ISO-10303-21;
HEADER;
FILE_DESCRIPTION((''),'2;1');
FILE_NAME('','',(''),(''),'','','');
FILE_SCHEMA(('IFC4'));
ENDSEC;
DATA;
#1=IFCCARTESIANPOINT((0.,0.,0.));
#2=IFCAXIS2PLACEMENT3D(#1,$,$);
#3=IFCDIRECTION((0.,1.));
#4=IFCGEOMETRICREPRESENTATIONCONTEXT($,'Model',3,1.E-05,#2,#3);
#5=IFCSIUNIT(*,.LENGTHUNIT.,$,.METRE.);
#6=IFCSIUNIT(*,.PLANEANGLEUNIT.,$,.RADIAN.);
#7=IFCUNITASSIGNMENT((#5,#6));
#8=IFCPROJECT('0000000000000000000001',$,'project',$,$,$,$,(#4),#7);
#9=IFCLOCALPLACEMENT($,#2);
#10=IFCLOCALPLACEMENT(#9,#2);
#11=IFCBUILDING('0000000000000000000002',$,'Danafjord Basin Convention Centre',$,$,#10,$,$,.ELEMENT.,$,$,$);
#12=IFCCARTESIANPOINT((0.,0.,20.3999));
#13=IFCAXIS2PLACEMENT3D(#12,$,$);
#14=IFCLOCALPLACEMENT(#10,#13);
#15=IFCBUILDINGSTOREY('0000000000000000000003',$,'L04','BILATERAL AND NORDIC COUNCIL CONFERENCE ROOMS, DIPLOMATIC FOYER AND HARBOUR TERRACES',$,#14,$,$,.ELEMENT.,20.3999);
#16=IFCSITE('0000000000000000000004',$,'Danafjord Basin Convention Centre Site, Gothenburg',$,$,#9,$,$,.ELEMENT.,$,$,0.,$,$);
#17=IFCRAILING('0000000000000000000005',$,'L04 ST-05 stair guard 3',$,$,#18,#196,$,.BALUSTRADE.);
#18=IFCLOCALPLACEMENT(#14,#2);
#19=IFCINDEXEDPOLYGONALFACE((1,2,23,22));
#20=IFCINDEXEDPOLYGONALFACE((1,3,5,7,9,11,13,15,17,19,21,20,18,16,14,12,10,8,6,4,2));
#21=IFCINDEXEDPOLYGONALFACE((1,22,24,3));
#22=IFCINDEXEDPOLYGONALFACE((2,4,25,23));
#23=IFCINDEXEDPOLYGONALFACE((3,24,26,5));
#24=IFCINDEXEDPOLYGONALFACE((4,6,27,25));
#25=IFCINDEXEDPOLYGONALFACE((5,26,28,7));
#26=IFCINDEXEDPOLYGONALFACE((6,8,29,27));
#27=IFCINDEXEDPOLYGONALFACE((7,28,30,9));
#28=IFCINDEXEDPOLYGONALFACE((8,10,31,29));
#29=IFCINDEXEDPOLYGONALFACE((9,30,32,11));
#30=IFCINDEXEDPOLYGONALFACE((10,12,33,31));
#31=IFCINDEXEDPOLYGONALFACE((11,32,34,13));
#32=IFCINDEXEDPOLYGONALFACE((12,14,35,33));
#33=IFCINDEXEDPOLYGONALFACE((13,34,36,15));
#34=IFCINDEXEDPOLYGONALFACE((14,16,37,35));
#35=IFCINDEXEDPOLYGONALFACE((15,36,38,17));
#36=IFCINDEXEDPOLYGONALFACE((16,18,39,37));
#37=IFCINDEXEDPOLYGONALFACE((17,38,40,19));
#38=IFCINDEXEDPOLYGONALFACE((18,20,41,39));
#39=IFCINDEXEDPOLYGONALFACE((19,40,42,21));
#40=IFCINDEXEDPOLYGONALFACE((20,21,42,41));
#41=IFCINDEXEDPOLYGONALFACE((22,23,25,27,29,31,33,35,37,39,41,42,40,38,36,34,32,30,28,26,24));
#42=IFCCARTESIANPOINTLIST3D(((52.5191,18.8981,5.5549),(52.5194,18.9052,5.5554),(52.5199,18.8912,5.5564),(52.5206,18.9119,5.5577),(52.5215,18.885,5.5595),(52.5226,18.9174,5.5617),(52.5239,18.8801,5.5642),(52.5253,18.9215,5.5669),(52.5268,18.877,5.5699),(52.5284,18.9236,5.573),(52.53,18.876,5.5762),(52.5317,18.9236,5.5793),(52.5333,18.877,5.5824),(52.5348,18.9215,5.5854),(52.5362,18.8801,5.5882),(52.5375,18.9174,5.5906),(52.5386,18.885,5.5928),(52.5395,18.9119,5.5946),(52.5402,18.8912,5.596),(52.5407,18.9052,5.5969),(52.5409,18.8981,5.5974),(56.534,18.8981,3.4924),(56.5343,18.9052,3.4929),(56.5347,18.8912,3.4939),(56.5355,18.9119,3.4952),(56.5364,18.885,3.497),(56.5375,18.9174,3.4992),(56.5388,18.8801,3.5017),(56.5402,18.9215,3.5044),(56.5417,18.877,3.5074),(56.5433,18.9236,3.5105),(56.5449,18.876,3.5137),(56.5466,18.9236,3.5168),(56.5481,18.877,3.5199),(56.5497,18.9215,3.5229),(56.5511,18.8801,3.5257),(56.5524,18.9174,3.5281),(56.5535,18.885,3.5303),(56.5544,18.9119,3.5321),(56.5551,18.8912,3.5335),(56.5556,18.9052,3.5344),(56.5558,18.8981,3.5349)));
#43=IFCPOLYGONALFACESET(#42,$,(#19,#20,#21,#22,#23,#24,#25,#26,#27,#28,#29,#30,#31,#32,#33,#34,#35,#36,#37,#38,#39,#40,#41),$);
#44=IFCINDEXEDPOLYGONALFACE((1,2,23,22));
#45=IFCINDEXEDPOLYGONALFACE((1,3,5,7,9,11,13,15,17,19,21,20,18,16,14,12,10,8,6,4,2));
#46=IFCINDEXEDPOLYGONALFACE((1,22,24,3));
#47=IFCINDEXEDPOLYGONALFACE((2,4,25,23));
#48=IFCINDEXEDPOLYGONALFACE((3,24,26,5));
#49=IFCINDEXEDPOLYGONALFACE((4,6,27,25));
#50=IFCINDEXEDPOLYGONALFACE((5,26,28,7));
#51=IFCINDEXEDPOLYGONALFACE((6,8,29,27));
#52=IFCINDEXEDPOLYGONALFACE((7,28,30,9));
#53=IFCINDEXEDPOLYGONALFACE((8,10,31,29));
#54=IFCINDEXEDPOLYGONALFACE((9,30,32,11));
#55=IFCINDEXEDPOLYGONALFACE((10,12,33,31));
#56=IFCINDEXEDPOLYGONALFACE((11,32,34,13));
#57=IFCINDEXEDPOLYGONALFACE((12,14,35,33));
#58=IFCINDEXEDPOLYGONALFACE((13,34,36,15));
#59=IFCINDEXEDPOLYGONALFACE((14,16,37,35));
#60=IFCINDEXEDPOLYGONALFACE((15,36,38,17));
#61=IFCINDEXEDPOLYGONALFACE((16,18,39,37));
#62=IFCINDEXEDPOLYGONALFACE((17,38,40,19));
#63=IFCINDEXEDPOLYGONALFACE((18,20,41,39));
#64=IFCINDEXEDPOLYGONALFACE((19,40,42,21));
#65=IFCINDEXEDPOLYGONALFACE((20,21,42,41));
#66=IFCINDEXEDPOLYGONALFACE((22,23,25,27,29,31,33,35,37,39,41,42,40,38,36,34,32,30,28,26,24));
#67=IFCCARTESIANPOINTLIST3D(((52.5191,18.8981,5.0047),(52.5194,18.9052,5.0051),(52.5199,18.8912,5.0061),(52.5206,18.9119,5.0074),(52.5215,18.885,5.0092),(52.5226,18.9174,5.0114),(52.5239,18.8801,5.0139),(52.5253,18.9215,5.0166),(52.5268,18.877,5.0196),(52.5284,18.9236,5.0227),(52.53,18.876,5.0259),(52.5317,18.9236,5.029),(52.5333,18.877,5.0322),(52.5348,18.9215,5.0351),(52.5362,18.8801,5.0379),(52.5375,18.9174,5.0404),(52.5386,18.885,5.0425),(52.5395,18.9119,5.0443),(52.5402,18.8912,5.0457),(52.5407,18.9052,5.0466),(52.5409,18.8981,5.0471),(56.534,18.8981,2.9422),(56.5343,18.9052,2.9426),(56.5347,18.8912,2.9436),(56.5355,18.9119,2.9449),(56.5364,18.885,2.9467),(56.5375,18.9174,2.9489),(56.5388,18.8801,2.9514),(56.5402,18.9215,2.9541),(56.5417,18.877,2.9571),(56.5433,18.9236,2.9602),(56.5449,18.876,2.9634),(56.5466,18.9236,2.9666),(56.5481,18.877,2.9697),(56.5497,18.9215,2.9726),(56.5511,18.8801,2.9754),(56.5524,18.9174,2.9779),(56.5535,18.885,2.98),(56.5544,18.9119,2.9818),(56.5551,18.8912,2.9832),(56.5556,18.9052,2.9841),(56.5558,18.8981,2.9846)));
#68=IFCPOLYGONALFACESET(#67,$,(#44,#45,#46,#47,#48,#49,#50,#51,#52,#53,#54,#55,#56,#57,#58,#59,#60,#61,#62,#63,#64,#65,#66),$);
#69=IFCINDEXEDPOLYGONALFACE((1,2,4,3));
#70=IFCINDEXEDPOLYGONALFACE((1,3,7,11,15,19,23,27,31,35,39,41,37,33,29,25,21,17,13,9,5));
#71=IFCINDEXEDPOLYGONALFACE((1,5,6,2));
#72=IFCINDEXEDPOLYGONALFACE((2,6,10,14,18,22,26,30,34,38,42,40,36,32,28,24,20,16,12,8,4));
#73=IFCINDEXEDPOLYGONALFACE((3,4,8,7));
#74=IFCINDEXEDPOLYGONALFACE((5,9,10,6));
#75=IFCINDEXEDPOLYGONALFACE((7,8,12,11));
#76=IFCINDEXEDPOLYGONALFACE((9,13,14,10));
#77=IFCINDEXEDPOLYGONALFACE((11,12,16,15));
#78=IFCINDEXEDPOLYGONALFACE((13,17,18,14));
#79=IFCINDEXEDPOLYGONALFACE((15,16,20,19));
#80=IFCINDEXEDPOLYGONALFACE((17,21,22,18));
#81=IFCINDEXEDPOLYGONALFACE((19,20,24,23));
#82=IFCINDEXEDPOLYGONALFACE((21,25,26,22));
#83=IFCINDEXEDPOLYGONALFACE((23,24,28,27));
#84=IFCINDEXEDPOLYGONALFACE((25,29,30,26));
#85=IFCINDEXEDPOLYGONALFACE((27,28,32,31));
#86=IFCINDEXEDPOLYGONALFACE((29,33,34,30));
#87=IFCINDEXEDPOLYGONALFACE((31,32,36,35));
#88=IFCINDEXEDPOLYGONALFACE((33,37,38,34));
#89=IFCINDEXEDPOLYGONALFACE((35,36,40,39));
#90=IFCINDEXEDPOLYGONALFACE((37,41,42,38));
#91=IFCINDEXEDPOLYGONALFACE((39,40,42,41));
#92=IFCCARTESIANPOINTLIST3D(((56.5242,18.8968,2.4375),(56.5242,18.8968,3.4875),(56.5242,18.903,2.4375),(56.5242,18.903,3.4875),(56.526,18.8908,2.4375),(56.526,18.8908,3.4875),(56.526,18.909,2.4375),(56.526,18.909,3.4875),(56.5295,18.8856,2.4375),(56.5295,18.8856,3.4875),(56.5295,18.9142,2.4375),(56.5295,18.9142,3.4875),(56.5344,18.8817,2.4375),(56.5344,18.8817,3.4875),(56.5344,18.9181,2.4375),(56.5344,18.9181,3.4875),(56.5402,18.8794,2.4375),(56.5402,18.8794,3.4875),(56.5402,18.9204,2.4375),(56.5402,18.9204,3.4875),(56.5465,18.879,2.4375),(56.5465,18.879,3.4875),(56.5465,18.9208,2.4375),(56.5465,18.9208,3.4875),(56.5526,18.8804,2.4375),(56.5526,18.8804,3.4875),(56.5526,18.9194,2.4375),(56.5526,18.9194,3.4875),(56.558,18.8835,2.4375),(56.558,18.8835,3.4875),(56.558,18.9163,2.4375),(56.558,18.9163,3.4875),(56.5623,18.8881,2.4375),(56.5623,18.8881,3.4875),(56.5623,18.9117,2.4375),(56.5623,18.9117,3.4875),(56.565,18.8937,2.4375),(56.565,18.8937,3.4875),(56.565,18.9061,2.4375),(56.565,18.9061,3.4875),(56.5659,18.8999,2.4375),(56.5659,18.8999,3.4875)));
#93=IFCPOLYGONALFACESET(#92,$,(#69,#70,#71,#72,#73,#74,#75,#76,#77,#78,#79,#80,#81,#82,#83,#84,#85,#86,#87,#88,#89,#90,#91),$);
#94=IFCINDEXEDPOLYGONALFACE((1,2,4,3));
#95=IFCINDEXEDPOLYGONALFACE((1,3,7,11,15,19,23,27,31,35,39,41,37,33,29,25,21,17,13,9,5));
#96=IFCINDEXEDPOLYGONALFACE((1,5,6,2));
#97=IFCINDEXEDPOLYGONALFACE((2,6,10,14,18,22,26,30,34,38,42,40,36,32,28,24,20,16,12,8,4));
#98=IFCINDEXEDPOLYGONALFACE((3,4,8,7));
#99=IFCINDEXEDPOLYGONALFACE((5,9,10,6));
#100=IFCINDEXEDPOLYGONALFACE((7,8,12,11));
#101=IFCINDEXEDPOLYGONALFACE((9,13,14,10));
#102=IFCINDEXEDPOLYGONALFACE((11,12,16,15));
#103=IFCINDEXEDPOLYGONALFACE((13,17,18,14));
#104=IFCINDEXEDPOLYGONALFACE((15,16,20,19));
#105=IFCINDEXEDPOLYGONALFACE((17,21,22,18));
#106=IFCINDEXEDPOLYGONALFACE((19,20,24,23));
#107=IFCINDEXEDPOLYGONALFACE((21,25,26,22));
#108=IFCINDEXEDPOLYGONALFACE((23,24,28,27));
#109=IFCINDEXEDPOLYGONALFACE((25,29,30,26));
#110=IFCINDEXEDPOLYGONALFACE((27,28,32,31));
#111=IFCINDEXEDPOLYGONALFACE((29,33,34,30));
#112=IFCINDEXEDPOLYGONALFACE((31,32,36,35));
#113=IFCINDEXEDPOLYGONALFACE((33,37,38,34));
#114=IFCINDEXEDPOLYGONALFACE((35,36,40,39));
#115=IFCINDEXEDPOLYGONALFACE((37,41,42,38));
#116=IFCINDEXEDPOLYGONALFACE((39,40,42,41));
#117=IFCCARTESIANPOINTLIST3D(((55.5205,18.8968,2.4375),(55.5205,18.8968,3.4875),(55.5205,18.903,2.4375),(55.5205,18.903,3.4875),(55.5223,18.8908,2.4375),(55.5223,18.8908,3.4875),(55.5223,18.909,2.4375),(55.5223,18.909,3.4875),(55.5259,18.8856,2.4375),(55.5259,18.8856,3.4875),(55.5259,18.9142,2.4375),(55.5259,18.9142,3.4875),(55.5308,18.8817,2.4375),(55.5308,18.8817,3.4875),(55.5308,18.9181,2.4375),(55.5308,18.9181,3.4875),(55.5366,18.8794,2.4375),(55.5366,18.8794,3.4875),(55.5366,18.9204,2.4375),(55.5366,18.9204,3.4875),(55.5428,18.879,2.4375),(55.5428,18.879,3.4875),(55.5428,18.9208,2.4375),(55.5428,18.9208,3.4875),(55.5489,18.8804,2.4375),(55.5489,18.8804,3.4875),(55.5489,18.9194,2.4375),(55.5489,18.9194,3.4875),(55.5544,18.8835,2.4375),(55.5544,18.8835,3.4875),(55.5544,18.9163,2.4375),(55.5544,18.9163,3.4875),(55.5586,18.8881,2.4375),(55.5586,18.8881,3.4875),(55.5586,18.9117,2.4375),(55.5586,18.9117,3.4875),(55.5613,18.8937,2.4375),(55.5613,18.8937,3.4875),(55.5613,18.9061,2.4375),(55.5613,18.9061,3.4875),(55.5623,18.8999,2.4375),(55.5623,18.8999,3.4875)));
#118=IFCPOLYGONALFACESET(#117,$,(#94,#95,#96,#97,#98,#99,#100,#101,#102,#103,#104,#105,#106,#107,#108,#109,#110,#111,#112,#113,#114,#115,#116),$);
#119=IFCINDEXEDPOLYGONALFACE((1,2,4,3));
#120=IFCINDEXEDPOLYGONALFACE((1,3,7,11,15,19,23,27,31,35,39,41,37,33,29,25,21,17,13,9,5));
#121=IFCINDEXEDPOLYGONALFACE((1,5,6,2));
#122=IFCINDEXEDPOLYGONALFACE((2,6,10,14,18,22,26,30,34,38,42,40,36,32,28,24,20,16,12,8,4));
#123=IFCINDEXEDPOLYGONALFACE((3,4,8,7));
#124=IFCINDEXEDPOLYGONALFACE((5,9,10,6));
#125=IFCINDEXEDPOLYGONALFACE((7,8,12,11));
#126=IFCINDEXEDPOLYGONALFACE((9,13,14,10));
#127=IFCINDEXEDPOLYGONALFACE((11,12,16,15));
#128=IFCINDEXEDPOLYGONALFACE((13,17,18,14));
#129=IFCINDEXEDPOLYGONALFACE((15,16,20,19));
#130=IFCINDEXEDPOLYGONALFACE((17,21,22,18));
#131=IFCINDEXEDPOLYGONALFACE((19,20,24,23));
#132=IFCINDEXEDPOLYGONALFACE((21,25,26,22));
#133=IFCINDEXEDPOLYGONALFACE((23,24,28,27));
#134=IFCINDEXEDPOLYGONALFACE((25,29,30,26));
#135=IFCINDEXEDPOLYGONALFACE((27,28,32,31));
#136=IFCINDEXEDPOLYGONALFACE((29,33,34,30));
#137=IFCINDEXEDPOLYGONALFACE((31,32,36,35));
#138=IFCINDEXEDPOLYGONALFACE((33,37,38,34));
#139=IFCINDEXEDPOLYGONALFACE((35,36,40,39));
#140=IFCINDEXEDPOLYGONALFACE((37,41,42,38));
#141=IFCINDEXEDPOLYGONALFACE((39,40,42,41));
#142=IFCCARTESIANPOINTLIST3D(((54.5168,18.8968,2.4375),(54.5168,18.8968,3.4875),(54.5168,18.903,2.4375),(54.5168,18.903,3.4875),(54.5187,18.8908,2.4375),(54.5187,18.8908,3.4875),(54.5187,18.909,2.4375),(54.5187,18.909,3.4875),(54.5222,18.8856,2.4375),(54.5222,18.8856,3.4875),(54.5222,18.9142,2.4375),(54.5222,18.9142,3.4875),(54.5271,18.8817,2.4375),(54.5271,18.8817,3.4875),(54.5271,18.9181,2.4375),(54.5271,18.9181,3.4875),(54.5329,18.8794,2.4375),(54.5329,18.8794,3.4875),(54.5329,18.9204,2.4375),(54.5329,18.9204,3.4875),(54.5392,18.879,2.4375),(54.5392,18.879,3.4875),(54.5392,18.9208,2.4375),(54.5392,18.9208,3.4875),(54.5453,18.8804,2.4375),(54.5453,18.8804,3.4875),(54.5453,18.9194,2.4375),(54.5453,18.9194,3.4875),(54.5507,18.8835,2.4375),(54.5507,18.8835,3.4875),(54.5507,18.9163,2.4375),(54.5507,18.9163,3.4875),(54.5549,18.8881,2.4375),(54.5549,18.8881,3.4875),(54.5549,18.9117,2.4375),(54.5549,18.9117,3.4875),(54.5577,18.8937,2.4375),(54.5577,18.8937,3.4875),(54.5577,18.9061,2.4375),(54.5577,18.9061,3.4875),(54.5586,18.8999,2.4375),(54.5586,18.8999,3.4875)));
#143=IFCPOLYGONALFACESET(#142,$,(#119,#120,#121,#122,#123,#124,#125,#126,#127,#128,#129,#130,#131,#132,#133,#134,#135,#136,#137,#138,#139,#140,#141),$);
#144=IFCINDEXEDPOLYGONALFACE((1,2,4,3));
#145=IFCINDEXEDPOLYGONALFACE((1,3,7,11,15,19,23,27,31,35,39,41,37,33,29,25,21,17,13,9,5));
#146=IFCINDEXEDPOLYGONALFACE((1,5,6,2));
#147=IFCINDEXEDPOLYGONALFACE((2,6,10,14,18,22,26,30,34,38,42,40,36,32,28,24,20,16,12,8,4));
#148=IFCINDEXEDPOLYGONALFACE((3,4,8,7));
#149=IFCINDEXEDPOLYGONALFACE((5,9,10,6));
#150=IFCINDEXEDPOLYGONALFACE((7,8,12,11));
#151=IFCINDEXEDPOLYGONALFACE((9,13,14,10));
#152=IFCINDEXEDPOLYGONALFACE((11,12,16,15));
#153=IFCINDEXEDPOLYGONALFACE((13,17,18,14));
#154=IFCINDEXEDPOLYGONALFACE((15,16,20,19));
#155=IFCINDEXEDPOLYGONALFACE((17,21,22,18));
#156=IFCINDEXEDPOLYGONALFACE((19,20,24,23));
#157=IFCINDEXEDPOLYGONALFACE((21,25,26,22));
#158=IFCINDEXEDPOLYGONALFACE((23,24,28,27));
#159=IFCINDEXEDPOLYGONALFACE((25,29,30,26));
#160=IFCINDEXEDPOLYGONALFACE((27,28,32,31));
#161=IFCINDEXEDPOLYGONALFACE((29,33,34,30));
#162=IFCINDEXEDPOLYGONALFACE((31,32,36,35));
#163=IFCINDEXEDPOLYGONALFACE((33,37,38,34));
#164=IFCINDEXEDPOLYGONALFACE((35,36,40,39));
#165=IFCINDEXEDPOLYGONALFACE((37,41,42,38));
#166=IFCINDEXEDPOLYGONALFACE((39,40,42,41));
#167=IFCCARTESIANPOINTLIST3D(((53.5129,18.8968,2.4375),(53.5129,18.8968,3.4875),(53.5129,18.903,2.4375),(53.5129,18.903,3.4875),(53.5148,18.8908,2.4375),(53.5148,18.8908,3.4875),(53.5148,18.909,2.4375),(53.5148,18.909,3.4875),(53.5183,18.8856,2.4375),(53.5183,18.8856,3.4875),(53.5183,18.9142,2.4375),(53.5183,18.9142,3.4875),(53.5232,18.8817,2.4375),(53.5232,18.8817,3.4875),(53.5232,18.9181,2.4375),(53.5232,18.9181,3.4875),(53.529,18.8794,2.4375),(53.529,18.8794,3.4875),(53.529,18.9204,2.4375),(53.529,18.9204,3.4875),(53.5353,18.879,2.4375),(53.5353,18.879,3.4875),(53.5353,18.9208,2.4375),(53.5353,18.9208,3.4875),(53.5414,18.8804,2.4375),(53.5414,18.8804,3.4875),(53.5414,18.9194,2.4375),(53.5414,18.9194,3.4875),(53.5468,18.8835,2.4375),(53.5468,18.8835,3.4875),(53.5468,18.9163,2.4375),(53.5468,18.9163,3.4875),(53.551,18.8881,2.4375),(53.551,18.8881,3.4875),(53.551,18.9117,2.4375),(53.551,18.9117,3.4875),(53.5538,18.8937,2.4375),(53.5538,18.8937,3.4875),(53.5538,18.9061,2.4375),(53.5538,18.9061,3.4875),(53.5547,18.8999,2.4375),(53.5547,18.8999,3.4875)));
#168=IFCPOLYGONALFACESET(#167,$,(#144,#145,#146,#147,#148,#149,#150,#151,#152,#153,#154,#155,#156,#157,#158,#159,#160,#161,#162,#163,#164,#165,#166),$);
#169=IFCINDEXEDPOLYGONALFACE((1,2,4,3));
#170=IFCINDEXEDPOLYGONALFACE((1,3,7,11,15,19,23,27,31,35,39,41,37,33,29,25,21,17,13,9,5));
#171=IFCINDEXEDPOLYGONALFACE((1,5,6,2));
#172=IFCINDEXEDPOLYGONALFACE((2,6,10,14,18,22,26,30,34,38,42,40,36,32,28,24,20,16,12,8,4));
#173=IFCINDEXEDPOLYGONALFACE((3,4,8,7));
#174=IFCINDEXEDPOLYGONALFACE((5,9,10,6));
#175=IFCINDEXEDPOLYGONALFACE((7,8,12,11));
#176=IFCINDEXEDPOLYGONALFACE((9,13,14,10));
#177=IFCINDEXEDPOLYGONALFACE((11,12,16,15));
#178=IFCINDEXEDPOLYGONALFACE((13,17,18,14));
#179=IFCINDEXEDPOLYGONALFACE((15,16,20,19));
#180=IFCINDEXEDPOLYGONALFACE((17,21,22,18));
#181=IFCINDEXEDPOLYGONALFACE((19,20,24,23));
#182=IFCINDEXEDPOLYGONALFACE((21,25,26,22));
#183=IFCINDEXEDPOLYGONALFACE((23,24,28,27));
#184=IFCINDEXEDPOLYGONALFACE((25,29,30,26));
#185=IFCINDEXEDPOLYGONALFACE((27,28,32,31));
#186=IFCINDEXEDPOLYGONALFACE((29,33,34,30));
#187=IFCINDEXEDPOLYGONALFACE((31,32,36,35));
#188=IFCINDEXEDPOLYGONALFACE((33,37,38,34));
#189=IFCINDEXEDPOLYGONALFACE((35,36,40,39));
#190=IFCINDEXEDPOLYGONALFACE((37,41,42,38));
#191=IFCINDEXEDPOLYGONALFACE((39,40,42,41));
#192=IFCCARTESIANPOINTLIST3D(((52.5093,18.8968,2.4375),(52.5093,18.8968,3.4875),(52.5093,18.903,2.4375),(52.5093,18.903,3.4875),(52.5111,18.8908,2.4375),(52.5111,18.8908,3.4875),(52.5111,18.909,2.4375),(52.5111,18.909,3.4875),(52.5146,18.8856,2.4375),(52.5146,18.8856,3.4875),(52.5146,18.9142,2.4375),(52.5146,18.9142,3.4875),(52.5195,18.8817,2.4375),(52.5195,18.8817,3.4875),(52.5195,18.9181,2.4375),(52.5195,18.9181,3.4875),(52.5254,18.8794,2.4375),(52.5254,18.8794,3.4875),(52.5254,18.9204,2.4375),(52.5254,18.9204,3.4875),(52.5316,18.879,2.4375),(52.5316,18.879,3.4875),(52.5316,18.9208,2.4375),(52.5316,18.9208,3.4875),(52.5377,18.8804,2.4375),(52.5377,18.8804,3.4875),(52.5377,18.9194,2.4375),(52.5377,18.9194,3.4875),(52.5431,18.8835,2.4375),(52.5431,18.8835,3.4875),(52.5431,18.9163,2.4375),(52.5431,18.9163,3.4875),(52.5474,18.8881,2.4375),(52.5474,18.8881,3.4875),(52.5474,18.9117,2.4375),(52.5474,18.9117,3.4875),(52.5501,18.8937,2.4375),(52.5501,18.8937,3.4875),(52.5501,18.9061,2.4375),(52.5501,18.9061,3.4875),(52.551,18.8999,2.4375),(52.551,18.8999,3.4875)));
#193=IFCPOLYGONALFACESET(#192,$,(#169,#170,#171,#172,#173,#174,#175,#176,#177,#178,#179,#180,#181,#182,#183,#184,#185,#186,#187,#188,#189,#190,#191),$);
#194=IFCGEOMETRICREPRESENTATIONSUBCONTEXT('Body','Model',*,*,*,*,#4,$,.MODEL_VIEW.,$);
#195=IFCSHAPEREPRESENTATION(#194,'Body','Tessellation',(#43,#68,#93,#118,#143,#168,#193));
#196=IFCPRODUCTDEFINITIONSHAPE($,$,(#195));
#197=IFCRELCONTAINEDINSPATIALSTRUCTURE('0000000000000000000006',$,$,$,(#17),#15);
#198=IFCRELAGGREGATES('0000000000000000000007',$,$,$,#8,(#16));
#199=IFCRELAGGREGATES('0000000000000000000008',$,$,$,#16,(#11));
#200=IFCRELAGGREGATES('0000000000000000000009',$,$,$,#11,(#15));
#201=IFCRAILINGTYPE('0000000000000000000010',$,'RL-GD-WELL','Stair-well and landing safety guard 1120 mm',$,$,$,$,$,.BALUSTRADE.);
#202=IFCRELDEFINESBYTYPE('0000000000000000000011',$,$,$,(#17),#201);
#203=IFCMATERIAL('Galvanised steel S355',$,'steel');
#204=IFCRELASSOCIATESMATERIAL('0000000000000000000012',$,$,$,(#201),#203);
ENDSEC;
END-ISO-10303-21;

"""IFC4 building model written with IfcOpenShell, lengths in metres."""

from ifc_helpers import new_model, si_unit, direction, frame, origin, origin_2d, place, context, subcontext, project, spatial, circle, extrude, material, type_object, element, save


model = new_model("IFC4")

# Units and contexts
model_context = context("Model", 3, precision=1e-05, world=origin(), true_north=direction((0.0, 1.0)))
body_context = subcontext(model_context, "Body", "Model", "MODEL_VIEW")
ifc_project = project(units=[si_unit("LENGTHUNIT", "METRE"), si_unit("PLANEANGLEUNIT", "RADIAN")], contexts=[model_context])

# Site, building, storey
site_placement = place(None, origin())
site = spatial("IfcSite", under=ifc_project, at=site_placement, Name="Danafjord Basin Convention Centre Site, Gothenburg", CompositionType="ELEMENT", RefElevation=0.0)
building_placement = place(site_placement, origin())
building = spatial("IfcBuilding", under=site, at=building_placement, Name="Danafjord Basin Convention Centre", CompositionType="ELEMENT")
storey_placement = place(building_placement, frame((0.0, 0.0, 20.3999)))
storey = spatial("IfcBuildingStorey", under=building, at=storey_placement, Name="L04", Description="BILATERAL AND NORDIC COUNCIL CONFERENCE ROOMS, DIPLOMATIC FOYER AND HARBOUR TERRACES", CompositionType="ELEMENT", Elevation=20.3999)

# Railing
ifc_material_1 = material(Name="Galvanised steel S355", Category="steel")
railing_type_1 = type_object("IfcRailingType", Name="RL-GD-WELL", Description="Stair-well and landing safety guard 1120 mm", PredefinedType="BALUSTRADE", material=ifc_material_1)
railing_1_placement = place(storey_placement, frame((56.5449, 18.8999, 2.4375)))
element("IfcRailing", 1, at=railing_1_placement, inside=storey, type_object=railing_type_1, Name="L04 ST-05 stair guard 3", PredefinedType="BALUSTRADE", context=body_context, shape_type="SweptSolid", body=[
    extrude(circle(Radius=0.0239, at=origin_2d()), frame((0.0, 0.0, 1.0762), z_axis=(-0.889495, 0.0, 0.456945), x_axis=(0.0, -1.0, 0.0)), (0.0, 0.0, 1.0), 4.5137),
    extrude(circle(Radius=0.0239, at=origin_2d()), frame((0.0, 0.0, 0.5259), z_axis=(-0.889495, 0.0, 0.456945), x_axis=(0.0, -1.0, 0.0)), (0.0, 0.0, 1.0), 4.5137),
    extrude(circle(Radius=0.021, at=origin_2d()), origin(), (0.0, 0.0, 1.0), 1.05),
    extrude(circle(Radius=0.021, at=origin_2d()), frame((-1.0037, 0.0, 0.0)), (0.0, 0.0, 1.0), 1.05),
    extrude(circle(Radius=0.021, at=origin_2d()), frame((-2.0073, 0.0, 0.0)), (0.0, 0.0, 1.0), 1.05),
    extrude(circle(Radius=0.021, at=origin_2d()), frame((-3.0112, 0.0, 0.0)), (0.0, 0.0, 1.0), 1.05),
    extrude(circle(Radius=0.021, at=origin_2d()), frame((-4.0149, 0.0, 0.0)), (0.0, 0.0, 1.0), 1.05),
])

save(model, "model.ifc")
